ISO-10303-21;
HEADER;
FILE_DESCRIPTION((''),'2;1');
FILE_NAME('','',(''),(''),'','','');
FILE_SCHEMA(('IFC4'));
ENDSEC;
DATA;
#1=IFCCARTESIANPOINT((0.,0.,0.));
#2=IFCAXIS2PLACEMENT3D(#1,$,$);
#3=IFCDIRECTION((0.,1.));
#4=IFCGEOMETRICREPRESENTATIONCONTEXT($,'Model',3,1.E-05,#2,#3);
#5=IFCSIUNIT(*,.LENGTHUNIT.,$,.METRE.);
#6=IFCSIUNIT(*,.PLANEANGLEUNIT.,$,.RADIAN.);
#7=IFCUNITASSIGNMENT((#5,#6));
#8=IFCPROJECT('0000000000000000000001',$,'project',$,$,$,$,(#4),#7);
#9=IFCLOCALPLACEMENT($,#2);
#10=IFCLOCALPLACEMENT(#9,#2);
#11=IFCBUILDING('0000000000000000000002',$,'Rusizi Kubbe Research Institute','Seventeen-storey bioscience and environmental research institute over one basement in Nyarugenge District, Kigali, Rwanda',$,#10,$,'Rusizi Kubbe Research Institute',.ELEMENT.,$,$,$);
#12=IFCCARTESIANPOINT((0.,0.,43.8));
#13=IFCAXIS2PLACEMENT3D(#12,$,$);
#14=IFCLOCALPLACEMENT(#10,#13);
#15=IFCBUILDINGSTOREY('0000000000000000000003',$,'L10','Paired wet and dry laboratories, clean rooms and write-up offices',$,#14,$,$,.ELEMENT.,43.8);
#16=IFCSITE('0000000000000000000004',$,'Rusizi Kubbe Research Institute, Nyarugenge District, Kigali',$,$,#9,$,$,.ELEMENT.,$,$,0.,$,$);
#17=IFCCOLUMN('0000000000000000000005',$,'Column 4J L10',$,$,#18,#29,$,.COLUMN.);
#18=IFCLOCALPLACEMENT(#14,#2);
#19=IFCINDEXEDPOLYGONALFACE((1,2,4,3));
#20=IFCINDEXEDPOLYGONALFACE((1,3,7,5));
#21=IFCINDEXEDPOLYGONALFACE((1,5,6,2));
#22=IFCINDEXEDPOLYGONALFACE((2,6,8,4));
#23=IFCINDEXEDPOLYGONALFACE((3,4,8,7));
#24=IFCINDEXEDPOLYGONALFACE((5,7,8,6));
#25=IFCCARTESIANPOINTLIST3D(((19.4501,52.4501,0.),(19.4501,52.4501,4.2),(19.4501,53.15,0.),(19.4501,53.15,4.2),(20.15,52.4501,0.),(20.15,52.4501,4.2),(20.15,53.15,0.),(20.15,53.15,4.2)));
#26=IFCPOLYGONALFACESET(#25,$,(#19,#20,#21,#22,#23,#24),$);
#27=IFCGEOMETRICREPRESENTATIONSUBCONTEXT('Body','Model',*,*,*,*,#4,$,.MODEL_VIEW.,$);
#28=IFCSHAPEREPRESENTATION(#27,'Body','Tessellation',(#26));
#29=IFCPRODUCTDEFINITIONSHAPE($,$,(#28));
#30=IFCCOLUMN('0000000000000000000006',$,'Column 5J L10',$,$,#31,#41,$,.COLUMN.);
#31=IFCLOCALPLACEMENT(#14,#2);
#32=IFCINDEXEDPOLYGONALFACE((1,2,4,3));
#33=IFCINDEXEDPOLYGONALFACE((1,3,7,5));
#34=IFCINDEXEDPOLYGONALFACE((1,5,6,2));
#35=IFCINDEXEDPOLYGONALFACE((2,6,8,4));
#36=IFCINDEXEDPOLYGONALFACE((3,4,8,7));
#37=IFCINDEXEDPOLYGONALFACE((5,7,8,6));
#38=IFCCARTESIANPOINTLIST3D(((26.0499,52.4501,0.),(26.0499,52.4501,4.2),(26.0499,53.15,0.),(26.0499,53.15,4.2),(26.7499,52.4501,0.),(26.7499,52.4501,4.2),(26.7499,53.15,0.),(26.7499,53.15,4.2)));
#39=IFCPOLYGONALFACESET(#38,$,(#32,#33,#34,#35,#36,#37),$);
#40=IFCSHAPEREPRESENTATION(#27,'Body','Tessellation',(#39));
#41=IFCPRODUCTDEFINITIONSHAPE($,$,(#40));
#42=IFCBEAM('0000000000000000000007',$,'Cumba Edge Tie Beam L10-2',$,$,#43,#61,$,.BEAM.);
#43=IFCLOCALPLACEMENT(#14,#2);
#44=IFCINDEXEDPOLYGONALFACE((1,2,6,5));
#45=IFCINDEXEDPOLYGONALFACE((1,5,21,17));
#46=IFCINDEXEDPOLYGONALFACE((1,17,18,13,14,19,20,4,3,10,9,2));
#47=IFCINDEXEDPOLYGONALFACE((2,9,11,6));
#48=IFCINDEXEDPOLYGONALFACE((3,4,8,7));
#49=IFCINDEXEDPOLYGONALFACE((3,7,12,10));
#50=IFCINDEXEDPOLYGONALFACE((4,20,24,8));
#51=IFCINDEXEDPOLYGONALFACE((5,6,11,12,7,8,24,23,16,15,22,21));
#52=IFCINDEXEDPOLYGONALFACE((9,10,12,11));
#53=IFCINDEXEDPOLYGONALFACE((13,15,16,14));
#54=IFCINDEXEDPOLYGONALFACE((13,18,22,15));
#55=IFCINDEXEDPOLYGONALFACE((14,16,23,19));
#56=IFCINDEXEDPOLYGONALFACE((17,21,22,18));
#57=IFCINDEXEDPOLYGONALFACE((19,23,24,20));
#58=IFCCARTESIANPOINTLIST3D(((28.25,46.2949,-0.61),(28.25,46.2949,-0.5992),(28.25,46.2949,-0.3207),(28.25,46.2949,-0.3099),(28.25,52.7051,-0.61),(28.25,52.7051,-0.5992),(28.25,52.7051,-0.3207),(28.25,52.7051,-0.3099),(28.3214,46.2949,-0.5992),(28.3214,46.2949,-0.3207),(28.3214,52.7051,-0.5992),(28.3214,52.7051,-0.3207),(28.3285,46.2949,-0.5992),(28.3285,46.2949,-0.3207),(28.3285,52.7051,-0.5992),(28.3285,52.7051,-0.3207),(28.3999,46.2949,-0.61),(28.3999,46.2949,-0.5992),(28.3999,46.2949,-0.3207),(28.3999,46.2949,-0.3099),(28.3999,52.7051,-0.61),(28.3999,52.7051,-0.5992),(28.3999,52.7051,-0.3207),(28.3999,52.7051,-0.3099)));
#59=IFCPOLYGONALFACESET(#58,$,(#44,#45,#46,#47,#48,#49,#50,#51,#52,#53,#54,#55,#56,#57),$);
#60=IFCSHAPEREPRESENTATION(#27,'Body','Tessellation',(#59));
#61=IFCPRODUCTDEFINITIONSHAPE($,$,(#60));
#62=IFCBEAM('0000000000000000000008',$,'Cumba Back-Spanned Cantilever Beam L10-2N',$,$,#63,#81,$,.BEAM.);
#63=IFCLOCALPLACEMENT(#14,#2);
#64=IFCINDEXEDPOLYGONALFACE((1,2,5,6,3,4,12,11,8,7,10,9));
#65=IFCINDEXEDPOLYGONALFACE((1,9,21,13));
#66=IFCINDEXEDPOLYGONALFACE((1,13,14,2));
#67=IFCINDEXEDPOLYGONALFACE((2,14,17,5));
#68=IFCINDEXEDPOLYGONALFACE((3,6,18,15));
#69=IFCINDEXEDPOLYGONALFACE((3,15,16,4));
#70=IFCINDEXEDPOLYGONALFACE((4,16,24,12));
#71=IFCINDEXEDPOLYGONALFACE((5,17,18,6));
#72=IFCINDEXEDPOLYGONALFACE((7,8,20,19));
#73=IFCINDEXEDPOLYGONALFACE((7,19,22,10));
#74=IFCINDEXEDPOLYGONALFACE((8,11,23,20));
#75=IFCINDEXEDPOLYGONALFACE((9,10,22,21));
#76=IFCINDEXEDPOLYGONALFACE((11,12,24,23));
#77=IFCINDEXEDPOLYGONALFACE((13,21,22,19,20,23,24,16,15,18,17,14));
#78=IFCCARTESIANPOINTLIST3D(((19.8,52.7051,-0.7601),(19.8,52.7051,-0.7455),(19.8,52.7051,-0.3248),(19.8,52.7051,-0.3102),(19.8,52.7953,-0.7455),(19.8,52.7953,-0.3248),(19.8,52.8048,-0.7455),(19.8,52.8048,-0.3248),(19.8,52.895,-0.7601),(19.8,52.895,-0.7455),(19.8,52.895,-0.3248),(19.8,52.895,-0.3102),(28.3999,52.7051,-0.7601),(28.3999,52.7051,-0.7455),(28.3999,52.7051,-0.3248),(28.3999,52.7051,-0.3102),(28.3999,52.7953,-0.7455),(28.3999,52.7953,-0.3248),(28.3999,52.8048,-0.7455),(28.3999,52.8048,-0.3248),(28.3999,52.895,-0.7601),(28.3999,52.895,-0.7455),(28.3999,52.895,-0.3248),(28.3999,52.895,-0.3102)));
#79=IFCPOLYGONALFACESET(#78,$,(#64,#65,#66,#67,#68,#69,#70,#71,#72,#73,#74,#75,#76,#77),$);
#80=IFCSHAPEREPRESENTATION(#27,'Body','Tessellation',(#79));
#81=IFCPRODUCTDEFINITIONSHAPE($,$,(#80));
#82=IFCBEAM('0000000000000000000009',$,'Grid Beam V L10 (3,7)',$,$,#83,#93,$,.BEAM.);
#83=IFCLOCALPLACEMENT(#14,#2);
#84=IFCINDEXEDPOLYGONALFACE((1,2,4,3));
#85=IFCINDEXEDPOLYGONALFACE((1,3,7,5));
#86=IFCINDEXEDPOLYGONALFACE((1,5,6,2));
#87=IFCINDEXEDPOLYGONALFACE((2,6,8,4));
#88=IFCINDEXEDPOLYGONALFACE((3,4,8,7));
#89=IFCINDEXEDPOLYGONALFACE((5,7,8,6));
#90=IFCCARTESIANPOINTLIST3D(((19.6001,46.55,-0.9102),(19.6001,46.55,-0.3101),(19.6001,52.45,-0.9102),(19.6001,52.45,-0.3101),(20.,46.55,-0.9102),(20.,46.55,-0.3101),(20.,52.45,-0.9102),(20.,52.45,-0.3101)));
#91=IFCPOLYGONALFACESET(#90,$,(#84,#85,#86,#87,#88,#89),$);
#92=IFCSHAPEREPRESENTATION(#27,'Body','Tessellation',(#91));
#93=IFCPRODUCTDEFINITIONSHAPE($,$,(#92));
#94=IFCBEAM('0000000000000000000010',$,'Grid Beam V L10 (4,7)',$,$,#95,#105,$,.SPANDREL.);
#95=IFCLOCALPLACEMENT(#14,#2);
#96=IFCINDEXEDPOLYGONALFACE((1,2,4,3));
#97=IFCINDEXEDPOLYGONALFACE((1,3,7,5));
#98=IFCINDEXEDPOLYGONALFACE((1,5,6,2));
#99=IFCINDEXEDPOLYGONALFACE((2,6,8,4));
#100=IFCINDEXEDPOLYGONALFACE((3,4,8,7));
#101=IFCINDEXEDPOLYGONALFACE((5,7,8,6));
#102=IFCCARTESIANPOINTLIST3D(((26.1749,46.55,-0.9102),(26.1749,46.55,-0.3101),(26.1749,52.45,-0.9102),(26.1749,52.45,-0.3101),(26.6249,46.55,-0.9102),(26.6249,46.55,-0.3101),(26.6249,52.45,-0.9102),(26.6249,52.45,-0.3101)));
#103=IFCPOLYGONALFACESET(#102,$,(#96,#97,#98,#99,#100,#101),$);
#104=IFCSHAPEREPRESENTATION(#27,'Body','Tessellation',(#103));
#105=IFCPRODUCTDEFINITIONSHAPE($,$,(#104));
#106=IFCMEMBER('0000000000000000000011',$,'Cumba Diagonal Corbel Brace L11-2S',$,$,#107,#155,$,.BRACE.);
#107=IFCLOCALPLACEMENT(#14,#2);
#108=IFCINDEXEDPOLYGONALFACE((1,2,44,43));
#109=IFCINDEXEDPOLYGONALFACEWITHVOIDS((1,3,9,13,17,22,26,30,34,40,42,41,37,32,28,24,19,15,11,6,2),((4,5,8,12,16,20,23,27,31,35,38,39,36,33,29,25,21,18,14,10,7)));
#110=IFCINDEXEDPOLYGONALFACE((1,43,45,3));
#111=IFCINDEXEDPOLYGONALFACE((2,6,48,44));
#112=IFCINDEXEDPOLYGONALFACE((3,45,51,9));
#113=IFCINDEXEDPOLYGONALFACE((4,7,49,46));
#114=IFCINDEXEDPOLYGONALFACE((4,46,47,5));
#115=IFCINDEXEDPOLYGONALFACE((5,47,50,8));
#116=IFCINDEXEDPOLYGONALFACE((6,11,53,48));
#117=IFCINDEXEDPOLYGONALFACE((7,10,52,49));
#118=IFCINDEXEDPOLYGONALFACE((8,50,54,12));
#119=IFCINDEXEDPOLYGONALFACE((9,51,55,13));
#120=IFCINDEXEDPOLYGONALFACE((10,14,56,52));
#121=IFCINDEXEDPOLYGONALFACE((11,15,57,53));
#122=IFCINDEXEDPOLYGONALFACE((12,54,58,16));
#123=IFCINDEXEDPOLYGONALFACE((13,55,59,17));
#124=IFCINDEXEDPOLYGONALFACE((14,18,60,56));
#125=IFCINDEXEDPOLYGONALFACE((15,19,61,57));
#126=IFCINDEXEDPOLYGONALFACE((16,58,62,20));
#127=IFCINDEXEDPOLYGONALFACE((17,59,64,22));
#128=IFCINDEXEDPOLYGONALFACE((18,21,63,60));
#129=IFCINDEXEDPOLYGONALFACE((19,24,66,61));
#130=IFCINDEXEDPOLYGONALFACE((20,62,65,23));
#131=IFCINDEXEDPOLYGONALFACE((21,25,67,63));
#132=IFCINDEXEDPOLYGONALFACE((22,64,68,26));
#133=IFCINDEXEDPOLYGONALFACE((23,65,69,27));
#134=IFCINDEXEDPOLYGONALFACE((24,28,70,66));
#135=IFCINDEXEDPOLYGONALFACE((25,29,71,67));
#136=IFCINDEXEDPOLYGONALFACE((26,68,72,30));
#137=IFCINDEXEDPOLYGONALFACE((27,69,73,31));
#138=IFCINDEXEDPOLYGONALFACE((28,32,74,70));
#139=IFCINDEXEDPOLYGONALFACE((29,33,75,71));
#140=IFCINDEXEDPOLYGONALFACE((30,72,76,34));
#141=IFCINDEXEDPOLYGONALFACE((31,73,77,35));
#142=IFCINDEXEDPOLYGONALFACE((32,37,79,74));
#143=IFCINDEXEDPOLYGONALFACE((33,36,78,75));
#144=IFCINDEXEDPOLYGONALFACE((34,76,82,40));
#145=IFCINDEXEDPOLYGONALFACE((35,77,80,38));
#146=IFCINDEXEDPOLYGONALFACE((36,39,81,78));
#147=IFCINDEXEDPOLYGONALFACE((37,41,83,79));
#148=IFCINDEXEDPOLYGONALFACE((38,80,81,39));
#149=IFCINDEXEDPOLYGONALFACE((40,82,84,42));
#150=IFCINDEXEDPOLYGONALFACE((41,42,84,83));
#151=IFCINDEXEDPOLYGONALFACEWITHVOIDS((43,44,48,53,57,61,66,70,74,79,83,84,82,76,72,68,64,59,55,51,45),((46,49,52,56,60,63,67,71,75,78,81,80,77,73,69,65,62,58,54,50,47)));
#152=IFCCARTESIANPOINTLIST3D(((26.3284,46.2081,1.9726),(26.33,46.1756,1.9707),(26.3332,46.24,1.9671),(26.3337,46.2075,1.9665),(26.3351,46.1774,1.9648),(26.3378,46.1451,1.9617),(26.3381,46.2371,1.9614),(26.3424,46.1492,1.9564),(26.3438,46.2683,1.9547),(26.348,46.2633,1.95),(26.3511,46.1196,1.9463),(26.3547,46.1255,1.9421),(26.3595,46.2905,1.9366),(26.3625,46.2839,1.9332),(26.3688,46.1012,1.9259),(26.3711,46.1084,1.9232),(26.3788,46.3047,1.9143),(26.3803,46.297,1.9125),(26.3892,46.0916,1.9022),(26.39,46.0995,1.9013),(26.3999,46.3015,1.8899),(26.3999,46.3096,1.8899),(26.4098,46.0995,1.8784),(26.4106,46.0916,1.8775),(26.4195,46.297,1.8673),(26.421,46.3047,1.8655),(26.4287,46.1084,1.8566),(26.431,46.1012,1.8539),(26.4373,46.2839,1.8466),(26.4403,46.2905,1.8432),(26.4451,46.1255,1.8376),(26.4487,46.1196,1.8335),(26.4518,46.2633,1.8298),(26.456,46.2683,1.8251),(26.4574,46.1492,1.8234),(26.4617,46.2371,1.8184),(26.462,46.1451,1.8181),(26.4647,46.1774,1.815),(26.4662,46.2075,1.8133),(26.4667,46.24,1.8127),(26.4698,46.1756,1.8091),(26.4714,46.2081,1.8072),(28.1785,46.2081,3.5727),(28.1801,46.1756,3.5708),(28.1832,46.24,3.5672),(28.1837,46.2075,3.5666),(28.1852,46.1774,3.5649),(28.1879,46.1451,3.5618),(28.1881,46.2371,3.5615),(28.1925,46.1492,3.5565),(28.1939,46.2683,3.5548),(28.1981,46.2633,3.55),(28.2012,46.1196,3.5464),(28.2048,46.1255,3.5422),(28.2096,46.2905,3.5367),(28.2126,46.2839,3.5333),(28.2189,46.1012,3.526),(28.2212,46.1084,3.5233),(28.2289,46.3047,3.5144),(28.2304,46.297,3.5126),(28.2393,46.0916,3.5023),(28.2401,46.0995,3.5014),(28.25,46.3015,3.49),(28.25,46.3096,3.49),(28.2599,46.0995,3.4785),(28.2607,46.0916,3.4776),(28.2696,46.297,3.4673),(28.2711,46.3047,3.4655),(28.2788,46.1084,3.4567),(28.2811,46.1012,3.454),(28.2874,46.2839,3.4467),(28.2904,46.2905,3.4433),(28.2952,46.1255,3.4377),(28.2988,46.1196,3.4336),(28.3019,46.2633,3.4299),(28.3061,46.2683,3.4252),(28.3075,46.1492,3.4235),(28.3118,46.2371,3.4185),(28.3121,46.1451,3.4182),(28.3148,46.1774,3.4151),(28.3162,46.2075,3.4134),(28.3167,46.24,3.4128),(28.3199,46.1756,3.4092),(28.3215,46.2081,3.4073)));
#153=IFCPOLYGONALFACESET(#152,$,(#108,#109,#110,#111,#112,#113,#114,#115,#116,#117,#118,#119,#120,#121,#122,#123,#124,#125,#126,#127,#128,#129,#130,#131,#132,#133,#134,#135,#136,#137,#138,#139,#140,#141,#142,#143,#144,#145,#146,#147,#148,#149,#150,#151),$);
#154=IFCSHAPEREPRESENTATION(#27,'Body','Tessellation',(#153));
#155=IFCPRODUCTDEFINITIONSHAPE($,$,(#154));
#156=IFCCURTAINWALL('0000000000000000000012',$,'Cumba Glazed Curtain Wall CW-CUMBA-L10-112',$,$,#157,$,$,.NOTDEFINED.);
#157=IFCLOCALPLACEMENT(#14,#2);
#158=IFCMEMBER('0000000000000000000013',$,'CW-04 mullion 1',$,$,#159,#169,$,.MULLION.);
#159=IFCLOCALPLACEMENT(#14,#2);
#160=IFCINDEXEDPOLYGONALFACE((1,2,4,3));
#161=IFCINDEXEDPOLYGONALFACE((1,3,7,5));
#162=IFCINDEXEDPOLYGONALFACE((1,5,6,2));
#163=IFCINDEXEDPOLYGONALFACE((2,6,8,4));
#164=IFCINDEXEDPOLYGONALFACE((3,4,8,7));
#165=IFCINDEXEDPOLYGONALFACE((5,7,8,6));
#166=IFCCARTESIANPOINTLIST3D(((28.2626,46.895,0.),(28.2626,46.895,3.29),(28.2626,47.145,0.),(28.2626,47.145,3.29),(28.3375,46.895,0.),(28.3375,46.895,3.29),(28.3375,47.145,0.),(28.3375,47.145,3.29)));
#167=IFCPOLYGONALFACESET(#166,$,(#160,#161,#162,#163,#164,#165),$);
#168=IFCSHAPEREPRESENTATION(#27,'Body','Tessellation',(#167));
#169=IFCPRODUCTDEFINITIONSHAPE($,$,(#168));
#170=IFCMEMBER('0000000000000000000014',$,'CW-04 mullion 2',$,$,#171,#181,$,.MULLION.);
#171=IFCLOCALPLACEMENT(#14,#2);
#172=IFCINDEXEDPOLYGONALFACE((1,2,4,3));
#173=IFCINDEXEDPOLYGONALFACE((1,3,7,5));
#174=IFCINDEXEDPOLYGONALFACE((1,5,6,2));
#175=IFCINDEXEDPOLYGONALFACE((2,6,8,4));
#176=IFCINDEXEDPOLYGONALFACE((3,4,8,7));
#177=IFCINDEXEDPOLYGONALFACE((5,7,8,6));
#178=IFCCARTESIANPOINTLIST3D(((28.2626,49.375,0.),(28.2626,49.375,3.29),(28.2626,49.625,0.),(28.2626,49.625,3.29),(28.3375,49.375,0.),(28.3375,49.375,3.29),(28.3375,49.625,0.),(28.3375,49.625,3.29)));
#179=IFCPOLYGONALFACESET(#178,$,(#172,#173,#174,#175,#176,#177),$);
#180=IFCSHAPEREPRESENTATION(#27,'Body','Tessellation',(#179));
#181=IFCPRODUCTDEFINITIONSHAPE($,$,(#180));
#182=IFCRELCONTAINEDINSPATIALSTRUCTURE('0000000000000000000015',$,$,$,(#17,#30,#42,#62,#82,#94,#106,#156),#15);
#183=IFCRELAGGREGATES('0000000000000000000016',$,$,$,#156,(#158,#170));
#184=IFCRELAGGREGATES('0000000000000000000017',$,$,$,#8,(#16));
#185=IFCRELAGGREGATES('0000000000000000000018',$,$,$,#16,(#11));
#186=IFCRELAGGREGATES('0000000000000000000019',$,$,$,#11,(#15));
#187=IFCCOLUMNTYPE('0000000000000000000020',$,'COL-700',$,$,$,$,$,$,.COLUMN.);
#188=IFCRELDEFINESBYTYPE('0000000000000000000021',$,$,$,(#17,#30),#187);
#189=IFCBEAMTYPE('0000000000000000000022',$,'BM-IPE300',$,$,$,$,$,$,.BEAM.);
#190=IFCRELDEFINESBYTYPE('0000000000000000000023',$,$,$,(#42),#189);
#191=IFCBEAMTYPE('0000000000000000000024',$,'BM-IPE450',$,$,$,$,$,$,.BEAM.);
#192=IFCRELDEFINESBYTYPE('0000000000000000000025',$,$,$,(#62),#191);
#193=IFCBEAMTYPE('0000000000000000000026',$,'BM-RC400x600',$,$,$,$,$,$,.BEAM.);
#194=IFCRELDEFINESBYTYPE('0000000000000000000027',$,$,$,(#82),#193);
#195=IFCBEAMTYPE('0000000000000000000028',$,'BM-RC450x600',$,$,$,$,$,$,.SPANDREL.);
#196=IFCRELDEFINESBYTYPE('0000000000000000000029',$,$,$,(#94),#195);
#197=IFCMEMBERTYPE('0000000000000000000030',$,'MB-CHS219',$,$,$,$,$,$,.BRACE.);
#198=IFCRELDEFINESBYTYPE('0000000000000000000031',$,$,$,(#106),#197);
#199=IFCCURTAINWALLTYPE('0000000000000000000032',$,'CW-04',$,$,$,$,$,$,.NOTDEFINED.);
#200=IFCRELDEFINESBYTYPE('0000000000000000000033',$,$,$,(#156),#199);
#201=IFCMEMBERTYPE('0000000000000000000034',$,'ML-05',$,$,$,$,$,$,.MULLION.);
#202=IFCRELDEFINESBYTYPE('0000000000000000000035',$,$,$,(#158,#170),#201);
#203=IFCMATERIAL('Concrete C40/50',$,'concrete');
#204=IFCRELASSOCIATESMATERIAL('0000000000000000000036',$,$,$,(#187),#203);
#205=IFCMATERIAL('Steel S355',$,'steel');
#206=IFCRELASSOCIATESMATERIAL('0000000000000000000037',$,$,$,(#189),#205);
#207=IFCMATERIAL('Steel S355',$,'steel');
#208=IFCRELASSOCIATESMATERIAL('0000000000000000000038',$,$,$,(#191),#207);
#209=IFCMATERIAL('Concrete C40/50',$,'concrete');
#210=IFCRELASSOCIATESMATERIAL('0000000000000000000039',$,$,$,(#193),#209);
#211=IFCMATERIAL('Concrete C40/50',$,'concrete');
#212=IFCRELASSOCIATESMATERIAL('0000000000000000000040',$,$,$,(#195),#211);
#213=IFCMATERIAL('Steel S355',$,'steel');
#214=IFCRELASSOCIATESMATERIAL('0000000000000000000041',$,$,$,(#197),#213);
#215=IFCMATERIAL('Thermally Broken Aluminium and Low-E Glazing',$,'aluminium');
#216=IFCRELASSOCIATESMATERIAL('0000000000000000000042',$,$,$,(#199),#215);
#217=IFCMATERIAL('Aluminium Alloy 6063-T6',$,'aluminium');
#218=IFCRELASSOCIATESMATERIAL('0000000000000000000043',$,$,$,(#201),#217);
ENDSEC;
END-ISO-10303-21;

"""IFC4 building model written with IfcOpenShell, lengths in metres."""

from ifc_helpers import new_model, si_unit, direction, frame, origin, origin_2d, place, context, subcontext, project, spatial, rectangle, hollow_circle, i_section, extrude, material, material_profile, profile_set, type_object, element, aggregate, save


model = new_model("IFC4")

# Units and contexts
model_context = context("Model", 3, precision=1e-05, world=origin(), true_north=direction((0.0, 1.0)))
body_context = subcontext(model_context, "Body", "Model", "MODEL_VIEW")
ifc_project = project(units=[si_unit("LENGTHUNIT", "METRE"), si_unit("PLANEANGLEUNIT", "RADIAN")], contexts=[model_context])

# Site, building, storey
site_placement = place(None, origin())
site = spatial("IfcSite", under=ifc_project, at=site_placement, Name="Rusizi Kubbe Research Institute, Nyarugenge District, Kigali", CompositionType="ELEMENT", RefElevation=0.0)
building_placement = place(site_placement, origin())
building = spatial("IfcBuilding", under=site, at=building_placement, Name="Rusizi Kubbe Research Institute", Description="Seventeen-storey bioscience and environmental research institute over one basement in Nyarugenge District, Kigali, Rwanda", LongName="Rusizi Kubbe Research Institute", CompositionType="ELEMENT")
storey_placement = place(building_placement, frame((0.0, 0.0, 43.8)))
storey = spatial("IfcBuildingStorey", under=building, at=storey_placement, Name="L10", Description="Paired wet and dry laboratories, clean rooms and write-up offices", CompositionType="ELEMENT", Elevation=43.8)

# Columns
ifc_material_1 = material(Name="Concrete C40/50", Category="concrete")
ifc_material_profile_1 = material_profile(ifc_material_1, rectangle(XDim=0.7, YDim=0.7, at=origin_2d()), Name="RC700x700")
ifc_profile_set_1 = profile_set([ifc_material_profile_1], Name="Concrete C40/50")
column_type = type_object("IfcColumnType", Name="COL-700", PredefinedType="COLUMN", material=ifc_profile_set_1)
for number, where, z_axis, x_axis, name in (
    (1, (19.8, 52.8, 0.0), (0.0, 0.0, 1.0), (1.0, 0.0, 0.0), "Column 4J L10"),
    (2, (26.3999, 52.8, 0.0), (0.0, 0.0, 1.0), (1.0, 0.0, 0.0), "Column 5J L10"),
):
    element("IfcColumn", number, at=place(storey_placement, frame(where, z_axis=z_axis, x_axis=x_axis)), inside=storey, type_object=column_type, Name=name, PredefinedType="COLUMN", context=body_context, shape_type="SweptSolid", body=[
        extrude(rectangle(XDim=0.7, YDim=0.7, at=origin_2d()), origin(), (0.0, 0.0, 1.0), 4.2),
    ])

# Beams
ifc_material_2 = material(Name="Steel S355", Category="steel")
ifc_material_profile_2 = material_profile(ifc_material_2, i_section(OverallWidth=0.1499, OverallDepth=0.3, WebThickness=0.0071, FlangeThickness=0.0107, at=origin_2d()), Name="IPE 300")
ifc_profile_set_2 = profile_set([ifc_material_profile_2], Name="Steel S355")
beam_type_1 = type_object("IfcBeamType", Name="BM-IPE300", PredefinedType="BEAM", material=ifc_profile_set_2)
beam_1_placement = place(storey_placement, frame((28.325, 46.2949, -0.46), z_axis=(0.0, 1.0, 0.0), x_axis=(-1.0, 0.0, 0.0)))
element("IfcBeam", 3, at=beam_1_placement, inside=storey, type_object=beam_type_1, Name="Cumba Edge Tie Beam L10-2", PredefinedType="BEAM", context=body_context, shape_type="SweptSolid", body=[
    extrude(i_section(OverallWidth=0.1499, OverallDepth=0.3, WebThickness=0.0071, FlangeThickness=0.0107, at=origin_2d()), origin(), (0.0, 0.0, 1.0), 6.4102),
])
ifc_material_3 = material(Name="Steel S355", Category="steel")
ifc_material_profile_3 = material_profile(ifc_material_3, i_section(OverallWidth=0.1899, OverallDepth=0.45, WebThickness=0.0095, FlangeThickness=0.0146, at=origin_2d()), Name="IPE 450")
ifc_profile_set_3 = profile_set([ifc_material_profile_3], Name="Steel S355")
beam_type_2 = type_object("IfcBeamType", Name="BM-IPE450", PredefinedType="BEAM", material=ifc_profile_set_3)
beam_2_placement = place(storey_placement, frame((19.8, 52.8, -0.5352), z_axis=(1.0, 0.0, 0.0), x_axis=(0.0, 1.0, 0.0)))
element("IfcBeam", 4, at=beam_2_placement, inside=storey, type_object=beam_type_2, Name="Cumba Back-Spanned Cantilever Beam L10-2N", PredefinedType="BEAM", context=body_context, shape_type="SweptSolid", body=[
    extrude(i_section(OverallWidth=0.1899, OverallDepth=0.45, WebThickness=0.0095, FlangeThickness=0.0146, at=origin_2d()), origin(), (0.0, 0.0, 1.0), 8.5999),
])
ifc_material_4 = material(Name="Concrete C40/50", Category="concrete")
ifc_material_profile_4 = material_profile(ifc_material_4, rectangle(XDim=0.3999, YDim=0.6001, at=origin_2d()), Name="RC400x600")
ifc_profile_set_4 = profile_set([ifc_material_profile_4], Name="Concrete C40/50")
beam_type_3 = type_object("IfcBeamType", Name="BM-RC400x600", PredefinedType="BEAM", material=ifc_profile_set_4)
beam_3_placement = place(storey_placement, frame((19.8, 46.55, -0.6101), z_axis=(0.0, 1.0, 0.0), x_axis=(-1.0, 0.0, 0.0)))
element("IfcBeam", 5, at=beam_3_placement, inside=storey, type_object=beam_type_3, Name="Grid Beam V L10 (3,7)", PredefinedType="BEAM", context=body_context, shape_type="SweptSolid", body=[
    extrude(rectangle(XDim=0.3999, YDim=0.6001, at=origin_2d()), origin(), (0.0, 0.0, 1.0), 5.8999),
])
ifc_material_5 = material(Name="Concrete C40/50", Category="concrete")
ifc_material_profile_5 = material_profile(ifc_material_5, rectangle(XDim=0.45, YDim=0.6001, at=origin_2d()), Name="RC450x600")
ifc_profile_set_5 = profile_set([ifc_material_profile_5], Name="Concrete C40/50")
beam_type_4 = type_object("IfcBeamType", Name="BM-RC450x600", PredefinedType="SPANDREL", material=ifc_profile_set_5)
beam_4_placement = place(storey_placement, frame((26.3999, 46.55, -0.6101), z_axis=(0.0, 1.0, 0.0), x_axis=(-1.0, 0.0, 0.0)))
element("IfcBeam", 6, at=beam_4_placement, inside=storey, type_object=beam_type_4, Name="Grid Beam V L10 (4,7)", PredefinedType="SPANDREL", context=body_context, shape_type="SweptSolid", body=[
    extrude(rectangle(XDim=0.45, YDim=0.6001, at=origin_2d()), origin(), (0.0, 0.0, 1.0), 5.8999),
])

# Member
ifc_material_6 = material(Name="Steel S355", Category="steel")
ifc_material_profile_6 = material_profile(ifc_material_6, hollow_circle(Radius=0.1096, WallThickness=0.0081, at=origin_2d()), Name="CHS 219.1x8.0")
ifc_profile_set_6 = profile_set([ifc_material_profile_6], Name="Steel S355")
member_type_1 = type_object("IfcMemberType", Name="MB-CHS219", PredefinedType="BRACE", material=ifc_profile_set_6)
member_1_placement = place(storey_placement, frame((26.3999, 46.2, 1.8899), z_axis=(0.756361, 0.0, 0.654155), x_axis=(0.0, 1.0, 0.0)))
element("IfcMember", 7, at=member_1_placement, inside=storey, type_object=member_type_1, Name="Cumba Diagonal Corbel Brace L11-2S", PredefinedType="BRACE", context=body_context, shape_type="SweptSolid", body=[
    extrude(hollow_circle(Radius=0.1096, WallThickness=0.0081, at=origin_2d()), origin(), (0.0, 0.0, 1.0), 2.446),
])

# Curtain wall, members
ifc_material_7 = material(Name="Thermally Broken Aluminium and Low-E Glazing", Category="aluminium")
curtain_wall_type = type_object("IfcCurtainWallType", Name="CW-04", PredefinedType="NOTDEFINED", material=ifc_material_7)
curtain_wall_placement = place(storey_placement, origin())
curtain_wall = element("IfcCurtainWall", 8, at=curtain_wall_placement, inside=storey, type_object=curtain_wall_type, Name="Cumba Glazed Curtain Wall CW-CUMBA-L10-112", PredefinedType="NOTDEFINED")
ifc_material_8 = material(Name="Aluminium Alloy 6063-T6", Category="aluminium")
ifc_material_profile_7 = material_profile(ifc_material_8, rectangle(XDim=0.075, YDim=0.25, at=origin_2d()), Name="ALU-M 75x250")
ifc_profile_set_7 = profile_set([ifc_material_profile_7], Name="Aluminium Alloy 6063-T6")
member_type_2 = type_object("IfcMemberType", Name="ML-05", PredefinedType="MULLION", material=ifc_profile_set_7)
member_2_placement = place(storey_placement, frame((28.3, 47.02, 0.0), z_axis=(0.0, 0.0, 1.0), x_axis=(-1.0, 0.0, 0.0)))
member_2 = element("IfcMember", 9, at=member_2_placement, type_object=member_type_2, Name="CW-04 mullion 1", PredefinedType="MULLION", context=body_context, shape_type="SweptSolid", body=[
    extrude(rectangle(XDim=0.075, YDim=0.25, at=origin_2d()), origin(), (0.0, 0.0, 1.0), 3.29),
])
member_3_placement = place(storey_placement, frame((28.3, 49.5, 0.0), z_axis=(0.0, 0.0, 1.0), x_axis=(-1.0, 0.0, 0.0)))
member_3 = element("IfcMember", 10, at=member_3_placement, type_object=member_type_2, Name="CW-04 mullion 2", PredefinedType="MULLION", context=body_context, shape_type="SweptSolid", body=[
    extrude(rectangle(XDim=0.075, YDim=0.25, at=origin_2d()), origin(), (0.0, 0.0, 1.0), 3.29),
])
aggregate(curtain_wall, [member_2, member_3])

save(model, "model.ifc")
